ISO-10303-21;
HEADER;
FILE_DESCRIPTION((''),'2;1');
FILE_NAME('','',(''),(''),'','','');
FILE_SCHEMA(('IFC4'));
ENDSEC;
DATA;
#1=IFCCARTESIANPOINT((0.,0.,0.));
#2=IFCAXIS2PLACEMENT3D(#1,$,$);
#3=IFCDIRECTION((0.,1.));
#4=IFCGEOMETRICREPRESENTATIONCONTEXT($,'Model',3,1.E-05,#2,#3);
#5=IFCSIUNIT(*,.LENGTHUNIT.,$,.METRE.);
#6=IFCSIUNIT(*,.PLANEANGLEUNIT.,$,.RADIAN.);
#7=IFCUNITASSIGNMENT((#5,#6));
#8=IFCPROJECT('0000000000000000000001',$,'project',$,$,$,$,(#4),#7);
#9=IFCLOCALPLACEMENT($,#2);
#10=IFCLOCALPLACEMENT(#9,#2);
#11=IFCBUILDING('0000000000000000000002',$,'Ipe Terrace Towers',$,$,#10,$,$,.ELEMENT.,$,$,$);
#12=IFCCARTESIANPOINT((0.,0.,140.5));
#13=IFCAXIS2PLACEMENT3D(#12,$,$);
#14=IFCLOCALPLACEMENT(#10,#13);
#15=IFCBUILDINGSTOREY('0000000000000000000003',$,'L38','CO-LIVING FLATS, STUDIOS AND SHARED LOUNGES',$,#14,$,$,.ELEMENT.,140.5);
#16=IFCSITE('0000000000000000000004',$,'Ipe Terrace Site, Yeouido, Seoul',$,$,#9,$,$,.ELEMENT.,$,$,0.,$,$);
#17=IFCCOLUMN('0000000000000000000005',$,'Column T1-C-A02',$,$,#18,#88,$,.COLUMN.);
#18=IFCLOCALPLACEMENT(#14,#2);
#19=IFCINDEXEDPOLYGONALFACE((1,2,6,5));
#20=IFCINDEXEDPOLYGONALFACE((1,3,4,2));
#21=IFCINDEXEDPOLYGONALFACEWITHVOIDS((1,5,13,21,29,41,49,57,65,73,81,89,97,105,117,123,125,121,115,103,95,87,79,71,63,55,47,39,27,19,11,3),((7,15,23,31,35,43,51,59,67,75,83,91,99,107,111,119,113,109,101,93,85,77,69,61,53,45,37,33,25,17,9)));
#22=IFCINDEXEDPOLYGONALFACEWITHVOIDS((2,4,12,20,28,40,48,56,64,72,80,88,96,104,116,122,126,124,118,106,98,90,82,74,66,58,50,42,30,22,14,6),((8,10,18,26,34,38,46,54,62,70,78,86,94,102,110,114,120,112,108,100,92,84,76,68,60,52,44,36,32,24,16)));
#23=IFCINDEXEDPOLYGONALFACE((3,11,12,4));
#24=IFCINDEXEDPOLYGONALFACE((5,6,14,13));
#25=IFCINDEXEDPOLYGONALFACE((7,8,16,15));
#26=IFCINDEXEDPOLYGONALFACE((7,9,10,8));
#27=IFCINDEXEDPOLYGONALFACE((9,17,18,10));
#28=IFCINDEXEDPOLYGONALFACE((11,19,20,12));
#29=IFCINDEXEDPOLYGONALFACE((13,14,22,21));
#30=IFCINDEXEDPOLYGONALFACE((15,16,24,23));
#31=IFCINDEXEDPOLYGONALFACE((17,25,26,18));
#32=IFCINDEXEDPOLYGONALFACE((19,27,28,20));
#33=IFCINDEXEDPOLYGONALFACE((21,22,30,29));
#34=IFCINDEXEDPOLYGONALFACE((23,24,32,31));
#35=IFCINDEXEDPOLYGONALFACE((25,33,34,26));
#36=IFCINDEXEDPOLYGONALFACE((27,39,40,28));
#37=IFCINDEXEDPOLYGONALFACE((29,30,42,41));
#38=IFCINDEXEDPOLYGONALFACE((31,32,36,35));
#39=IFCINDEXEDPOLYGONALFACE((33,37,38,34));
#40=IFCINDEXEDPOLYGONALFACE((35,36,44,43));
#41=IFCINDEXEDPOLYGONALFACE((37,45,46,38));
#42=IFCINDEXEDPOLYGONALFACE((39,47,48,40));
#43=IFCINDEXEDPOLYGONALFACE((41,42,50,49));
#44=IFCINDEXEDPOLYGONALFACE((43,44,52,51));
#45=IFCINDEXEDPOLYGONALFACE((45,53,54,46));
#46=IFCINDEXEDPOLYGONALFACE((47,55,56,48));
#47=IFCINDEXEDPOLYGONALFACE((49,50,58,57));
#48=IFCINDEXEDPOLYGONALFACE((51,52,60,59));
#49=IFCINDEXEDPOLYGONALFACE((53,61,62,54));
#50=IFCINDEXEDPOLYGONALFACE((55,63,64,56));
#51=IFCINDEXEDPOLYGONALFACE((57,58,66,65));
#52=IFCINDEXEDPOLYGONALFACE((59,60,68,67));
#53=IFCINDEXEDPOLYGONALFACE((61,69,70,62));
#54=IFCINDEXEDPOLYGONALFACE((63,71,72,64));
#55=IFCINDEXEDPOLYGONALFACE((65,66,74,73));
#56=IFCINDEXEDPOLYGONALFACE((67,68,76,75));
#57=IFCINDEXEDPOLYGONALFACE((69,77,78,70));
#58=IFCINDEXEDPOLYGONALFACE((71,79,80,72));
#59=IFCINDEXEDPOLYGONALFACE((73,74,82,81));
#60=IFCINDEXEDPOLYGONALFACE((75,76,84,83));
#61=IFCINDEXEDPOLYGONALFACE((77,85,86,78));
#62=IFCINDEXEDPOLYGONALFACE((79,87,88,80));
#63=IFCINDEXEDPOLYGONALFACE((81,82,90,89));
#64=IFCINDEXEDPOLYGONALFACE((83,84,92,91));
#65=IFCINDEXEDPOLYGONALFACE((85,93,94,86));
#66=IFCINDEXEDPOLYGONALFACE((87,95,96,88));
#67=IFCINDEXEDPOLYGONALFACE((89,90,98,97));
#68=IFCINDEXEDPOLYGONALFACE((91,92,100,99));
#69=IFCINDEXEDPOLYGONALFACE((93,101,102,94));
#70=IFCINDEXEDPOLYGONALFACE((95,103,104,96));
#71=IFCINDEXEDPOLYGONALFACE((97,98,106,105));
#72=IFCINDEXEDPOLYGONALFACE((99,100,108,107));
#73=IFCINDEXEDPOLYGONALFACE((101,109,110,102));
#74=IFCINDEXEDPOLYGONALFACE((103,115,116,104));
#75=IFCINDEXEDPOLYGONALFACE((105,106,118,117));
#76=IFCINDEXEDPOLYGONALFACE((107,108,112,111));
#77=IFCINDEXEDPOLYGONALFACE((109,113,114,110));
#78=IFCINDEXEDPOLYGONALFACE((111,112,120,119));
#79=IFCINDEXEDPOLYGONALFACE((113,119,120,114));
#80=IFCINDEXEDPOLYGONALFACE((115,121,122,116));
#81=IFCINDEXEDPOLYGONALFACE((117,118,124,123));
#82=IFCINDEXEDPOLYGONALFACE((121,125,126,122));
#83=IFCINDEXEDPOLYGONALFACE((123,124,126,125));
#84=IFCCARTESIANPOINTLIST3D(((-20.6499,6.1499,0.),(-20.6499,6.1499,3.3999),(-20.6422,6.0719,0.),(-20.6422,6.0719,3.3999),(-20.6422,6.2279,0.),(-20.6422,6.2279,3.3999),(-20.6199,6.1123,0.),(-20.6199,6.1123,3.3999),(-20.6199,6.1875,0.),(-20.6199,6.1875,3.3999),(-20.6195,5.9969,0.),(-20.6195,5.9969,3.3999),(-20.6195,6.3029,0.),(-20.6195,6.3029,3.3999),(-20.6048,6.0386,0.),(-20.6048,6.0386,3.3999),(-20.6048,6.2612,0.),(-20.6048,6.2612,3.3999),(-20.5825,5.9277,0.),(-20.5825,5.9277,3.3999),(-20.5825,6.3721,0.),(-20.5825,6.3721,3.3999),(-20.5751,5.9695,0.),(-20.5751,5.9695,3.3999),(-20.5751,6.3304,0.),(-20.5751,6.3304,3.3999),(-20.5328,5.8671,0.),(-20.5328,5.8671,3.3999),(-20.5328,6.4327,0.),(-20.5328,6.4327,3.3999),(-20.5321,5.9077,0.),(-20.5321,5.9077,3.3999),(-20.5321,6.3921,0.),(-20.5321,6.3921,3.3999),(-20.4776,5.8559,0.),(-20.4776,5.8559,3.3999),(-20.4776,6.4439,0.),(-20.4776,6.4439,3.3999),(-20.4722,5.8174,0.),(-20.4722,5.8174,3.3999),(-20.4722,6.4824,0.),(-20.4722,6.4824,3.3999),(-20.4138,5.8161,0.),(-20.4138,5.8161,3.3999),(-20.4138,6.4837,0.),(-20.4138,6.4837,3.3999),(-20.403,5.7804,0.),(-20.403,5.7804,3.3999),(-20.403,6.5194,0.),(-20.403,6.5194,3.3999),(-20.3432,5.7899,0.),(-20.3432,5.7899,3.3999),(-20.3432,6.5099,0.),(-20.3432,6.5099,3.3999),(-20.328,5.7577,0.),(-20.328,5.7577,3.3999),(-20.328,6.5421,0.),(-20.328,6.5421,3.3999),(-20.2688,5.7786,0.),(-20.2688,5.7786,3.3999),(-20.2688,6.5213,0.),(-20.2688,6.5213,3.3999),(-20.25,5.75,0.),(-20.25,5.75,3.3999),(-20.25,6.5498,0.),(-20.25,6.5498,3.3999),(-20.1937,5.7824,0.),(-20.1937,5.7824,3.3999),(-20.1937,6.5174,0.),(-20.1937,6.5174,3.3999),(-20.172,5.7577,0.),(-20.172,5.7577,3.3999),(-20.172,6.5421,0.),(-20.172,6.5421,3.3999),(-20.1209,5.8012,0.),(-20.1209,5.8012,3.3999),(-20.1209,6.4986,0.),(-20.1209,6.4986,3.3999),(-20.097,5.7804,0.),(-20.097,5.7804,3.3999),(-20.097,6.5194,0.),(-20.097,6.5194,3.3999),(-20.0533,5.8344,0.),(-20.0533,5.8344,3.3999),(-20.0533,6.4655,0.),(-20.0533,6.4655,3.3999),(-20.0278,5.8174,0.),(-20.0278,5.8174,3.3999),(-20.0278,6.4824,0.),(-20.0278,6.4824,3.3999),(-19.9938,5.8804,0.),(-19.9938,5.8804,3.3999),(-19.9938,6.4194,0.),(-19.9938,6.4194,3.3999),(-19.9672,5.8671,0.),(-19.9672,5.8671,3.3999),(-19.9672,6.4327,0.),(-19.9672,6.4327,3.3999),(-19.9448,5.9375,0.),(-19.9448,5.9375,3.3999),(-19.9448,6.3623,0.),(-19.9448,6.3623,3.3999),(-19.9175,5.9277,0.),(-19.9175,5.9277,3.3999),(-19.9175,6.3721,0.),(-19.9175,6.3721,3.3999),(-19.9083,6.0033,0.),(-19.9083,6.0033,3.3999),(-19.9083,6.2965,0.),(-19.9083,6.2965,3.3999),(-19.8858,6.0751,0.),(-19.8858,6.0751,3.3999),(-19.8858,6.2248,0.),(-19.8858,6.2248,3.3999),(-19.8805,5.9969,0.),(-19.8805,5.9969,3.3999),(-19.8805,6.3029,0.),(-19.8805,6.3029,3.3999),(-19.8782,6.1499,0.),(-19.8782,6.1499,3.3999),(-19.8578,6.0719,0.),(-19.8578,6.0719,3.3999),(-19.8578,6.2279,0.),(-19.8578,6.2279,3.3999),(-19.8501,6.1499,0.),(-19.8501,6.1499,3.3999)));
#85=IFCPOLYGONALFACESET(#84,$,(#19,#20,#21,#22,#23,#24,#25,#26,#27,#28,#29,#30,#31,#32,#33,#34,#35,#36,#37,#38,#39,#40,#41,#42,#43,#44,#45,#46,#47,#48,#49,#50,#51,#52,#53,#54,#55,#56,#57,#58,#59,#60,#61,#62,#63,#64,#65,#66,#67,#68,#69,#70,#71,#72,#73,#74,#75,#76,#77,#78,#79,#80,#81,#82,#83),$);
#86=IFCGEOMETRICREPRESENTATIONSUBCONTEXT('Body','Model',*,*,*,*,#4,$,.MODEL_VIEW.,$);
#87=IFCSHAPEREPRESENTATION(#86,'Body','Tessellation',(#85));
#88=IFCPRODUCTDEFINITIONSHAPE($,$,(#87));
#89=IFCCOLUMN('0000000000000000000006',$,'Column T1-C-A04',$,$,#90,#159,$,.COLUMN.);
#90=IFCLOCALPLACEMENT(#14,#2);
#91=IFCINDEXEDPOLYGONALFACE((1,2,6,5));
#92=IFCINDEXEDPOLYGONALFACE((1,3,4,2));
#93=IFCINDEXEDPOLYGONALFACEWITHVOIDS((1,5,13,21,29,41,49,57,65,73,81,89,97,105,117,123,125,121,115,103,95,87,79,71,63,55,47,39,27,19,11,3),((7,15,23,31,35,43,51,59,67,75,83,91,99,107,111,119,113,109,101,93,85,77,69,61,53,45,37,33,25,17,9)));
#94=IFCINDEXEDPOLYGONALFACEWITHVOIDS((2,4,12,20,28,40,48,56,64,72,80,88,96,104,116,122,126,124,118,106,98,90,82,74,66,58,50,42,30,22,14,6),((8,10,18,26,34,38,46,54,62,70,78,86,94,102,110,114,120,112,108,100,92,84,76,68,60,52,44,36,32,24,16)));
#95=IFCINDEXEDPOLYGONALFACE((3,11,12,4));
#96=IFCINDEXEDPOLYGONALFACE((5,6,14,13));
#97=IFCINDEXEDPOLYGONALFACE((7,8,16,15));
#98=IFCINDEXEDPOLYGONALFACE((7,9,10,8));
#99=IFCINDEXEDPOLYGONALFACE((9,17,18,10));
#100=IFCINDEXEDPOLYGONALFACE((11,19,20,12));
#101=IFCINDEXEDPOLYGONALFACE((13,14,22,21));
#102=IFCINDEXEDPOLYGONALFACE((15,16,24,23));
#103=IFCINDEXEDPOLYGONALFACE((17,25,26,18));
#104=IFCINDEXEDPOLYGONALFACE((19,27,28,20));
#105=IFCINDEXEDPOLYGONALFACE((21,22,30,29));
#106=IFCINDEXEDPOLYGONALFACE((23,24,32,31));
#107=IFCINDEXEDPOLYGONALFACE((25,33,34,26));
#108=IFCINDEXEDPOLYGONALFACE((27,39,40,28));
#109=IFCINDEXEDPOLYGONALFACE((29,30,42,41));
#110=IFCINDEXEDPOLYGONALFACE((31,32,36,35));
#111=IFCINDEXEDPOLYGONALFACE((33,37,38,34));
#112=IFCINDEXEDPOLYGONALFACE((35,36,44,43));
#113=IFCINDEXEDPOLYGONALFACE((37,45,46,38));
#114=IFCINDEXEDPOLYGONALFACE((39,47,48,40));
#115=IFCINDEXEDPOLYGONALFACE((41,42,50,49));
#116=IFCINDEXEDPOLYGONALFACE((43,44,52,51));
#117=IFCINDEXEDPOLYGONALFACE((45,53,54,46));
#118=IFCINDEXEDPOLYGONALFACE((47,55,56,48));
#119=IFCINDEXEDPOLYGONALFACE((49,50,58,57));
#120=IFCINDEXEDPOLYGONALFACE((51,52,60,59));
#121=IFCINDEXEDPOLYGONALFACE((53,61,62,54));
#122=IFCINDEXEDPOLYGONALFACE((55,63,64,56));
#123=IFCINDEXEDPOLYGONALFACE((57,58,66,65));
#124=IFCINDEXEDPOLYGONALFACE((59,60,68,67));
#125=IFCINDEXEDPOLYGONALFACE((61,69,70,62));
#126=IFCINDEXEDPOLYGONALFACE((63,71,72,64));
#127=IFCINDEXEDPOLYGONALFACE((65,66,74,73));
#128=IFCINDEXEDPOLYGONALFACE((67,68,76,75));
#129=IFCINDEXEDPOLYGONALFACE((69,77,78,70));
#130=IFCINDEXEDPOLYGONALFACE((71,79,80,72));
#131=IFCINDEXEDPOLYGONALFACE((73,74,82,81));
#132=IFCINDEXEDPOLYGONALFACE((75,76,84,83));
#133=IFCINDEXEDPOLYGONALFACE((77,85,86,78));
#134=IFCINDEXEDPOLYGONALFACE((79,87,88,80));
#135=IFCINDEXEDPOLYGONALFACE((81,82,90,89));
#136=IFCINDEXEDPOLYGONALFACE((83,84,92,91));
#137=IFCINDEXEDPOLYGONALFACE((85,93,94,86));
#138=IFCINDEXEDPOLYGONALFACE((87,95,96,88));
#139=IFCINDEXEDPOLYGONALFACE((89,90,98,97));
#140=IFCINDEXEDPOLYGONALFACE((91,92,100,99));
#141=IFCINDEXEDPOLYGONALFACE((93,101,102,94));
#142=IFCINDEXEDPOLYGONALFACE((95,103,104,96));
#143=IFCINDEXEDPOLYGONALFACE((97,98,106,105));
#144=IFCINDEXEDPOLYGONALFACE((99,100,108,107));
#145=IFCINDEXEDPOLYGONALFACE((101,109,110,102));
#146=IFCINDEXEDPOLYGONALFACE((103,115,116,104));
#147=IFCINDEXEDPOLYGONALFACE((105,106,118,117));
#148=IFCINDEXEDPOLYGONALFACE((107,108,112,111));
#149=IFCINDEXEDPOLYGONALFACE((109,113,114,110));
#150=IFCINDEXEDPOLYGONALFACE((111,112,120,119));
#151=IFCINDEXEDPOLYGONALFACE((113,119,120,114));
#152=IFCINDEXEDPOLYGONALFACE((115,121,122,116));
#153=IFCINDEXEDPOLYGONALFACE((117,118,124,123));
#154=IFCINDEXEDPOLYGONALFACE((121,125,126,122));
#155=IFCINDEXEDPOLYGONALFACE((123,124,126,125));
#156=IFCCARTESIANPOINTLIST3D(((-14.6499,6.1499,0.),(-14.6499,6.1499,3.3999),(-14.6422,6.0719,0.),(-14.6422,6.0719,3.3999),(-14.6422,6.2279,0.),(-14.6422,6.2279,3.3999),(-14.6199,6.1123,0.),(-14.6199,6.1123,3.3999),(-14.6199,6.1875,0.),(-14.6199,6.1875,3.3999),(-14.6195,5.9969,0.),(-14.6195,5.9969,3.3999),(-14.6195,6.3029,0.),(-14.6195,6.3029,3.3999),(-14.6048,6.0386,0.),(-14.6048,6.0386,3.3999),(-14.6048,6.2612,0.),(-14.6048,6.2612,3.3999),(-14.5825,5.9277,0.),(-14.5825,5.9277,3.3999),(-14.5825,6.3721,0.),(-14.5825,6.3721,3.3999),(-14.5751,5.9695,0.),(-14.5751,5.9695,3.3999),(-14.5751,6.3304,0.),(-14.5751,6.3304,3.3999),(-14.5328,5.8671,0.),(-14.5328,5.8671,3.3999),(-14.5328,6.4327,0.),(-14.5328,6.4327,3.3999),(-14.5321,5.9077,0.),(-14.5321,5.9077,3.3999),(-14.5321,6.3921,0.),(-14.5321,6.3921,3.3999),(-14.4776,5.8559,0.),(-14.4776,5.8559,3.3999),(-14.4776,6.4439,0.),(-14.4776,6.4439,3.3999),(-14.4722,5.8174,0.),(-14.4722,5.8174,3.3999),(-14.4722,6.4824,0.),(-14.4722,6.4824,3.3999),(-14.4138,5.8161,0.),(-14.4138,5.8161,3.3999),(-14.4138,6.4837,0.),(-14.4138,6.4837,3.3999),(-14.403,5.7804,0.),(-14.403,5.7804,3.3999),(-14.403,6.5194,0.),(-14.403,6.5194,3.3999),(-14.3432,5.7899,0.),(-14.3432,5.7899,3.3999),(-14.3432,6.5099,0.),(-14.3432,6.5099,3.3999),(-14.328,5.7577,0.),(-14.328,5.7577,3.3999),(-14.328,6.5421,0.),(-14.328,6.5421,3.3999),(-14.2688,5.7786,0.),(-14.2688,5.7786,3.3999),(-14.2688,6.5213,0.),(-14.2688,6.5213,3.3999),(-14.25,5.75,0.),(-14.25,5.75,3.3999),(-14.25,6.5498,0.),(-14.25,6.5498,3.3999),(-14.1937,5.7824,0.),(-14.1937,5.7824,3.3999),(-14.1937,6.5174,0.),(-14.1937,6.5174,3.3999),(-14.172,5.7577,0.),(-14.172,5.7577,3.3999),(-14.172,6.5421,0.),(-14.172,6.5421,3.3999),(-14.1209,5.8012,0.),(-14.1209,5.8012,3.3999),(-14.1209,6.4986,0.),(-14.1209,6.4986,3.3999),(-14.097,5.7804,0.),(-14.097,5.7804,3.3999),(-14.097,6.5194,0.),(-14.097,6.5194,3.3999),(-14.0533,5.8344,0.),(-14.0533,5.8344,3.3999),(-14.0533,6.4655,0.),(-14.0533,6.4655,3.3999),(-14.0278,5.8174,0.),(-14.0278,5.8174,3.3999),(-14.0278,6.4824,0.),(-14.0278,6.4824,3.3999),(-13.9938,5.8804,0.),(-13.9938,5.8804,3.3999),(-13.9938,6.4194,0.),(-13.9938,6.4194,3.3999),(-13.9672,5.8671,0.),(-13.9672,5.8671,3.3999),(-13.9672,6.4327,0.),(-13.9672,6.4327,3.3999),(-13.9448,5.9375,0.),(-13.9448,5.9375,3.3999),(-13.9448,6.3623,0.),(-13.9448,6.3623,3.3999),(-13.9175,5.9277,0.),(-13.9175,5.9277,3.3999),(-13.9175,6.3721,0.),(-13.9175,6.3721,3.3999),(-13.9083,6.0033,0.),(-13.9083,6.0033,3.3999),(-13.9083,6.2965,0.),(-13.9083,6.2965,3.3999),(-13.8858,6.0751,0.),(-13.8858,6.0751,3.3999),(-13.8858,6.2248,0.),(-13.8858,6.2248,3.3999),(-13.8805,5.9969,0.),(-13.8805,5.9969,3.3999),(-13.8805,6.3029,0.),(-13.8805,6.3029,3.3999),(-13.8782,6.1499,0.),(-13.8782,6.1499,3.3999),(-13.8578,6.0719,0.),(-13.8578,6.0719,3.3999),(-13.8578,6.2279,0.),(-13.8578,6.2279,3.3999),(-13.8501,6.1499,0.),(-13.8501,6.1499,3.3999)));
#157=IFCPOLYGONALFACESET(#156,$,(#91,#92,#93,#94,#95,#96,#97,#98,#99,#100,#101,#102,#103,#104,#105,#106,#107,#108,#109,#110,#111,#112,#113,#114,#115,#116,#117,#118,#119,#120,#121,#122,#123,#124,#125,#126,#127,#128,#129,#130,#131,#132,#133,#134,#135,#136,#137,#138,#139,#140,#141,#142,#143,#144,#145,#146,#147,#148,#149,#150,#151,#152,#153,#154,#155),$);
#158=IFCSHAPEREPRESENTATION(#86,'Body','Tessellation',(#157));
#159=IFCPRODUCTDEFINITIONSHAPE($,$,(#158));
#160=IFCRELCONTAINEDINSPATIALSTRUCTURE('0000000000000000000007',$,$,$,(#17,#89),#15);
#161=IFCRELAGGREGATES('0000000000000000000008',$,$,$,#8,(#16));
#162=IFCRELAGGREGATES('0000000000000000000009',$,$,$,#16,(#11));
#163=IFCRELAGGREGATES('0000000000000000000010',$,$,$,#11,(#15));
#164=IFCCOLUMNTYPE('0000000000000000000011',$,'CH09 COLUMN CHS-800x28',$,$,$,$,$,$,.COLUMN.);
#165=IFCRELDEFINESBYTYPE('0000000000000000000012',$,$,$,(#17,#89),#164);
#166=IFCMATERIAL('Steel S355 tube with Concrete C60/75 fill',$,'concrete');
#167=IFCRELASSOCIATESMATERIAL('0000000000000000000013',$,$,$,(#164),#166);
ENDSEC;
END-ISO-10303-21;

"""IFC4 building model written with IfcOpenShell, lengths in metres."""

from ifc_helpers import new_model, si_unit, direction, frame, origin, origin_2d, place, context, subcontext, project, spatial, hollow_circle, extrude, material, material_profile, profile_set, type_object, element, save


model = new_model("IFC4")

# Units and contexts
model_context = context("Model", 3, precision=1e-05, world=origin(), true_north=direction((0.0, 1.0)))
body_context = subcontext(model_context, "Body", "Model", "MODEL_VIEW")
ifc_project = project(units=[si_unit("LENGTHUNIT", "METRE"), si_unit("PLANEANGLEUNIT", "RADIAN")], contexts=[model_context])

# Site, building, storey
site_placement = place(None, origin())
site = spatial("IfcSite", under=ifc_project, at=site_placement, Name="Ipe Terrace Site, Yeouido, Seoul", CompositionType="ELEMENT", RefElevation=0.0)
building_placement = place(site_placement, origin())
building = spatial("IfcBuilding", under=site, at=building_placement, Name="Ipe Terrace Towers", CompositionType="ELEMENT")
storey_placement = place(building_placement, frame((0.0, 0.0, 140.5)))
storey = spatial("IfcBuildingStorey", under=building, at=storey_placement, Name="L38", Description="CO-LIVING FLATS, STUDIOS AND SHARED LOUNGES", CompositionType="ELEMENT", Elevation=140.5)

# Columns
ifc_material_1 = material(Name="Steel S355 tube with Concrete C60/75 fill", Category="concrete")
ifc_material_profile_1 = material_profile(ifc_material_1, hollow_circle(Radius=0.3999, WallThickness=0.0281, at=origin_2d()), Name="CHS-800x28")
ifc_profile_set_1 = profile_set([ifc_material_profile_1], Name="Steel S355 tube with Concrete C60/75 fill")
column_type = type_object("IfcColumnType", Name="CH09 COLUMN CHS-800x28", PredefinedType="COLUMN", material=ifc_profile_set_1)
for number, where, z_axis, x_axis, name in (
    (1, (-20.25, 6.1499, 0.0), (0.0, 0.0, 1.0), (1.0, 0.0, 0.0), "Column T1-C-A02"),
    (2, (-14.25, 6.1499, 0.0), (0.0, 0.0, 1.0), (1.0, 0.0, 0.0), "Column T1-C-A04"),
):
    element("IfcColumn", number, at=place(storey_placement, frame(where, z_axis=z_axis, x_axis=x_axis)), inside=storey, type_object=column_type, Name=name, PredefinedType="COLUMN", context=body_context, shape_type="SweptSolid", body=[
        extrude(hollow_circle(Radius=0.3999, WallThickness=0.0281, at=origin_2d()), origin(), (0.0, 0.0, 1.0), 3.3999),
    ])

save(model, "model.ifc")
